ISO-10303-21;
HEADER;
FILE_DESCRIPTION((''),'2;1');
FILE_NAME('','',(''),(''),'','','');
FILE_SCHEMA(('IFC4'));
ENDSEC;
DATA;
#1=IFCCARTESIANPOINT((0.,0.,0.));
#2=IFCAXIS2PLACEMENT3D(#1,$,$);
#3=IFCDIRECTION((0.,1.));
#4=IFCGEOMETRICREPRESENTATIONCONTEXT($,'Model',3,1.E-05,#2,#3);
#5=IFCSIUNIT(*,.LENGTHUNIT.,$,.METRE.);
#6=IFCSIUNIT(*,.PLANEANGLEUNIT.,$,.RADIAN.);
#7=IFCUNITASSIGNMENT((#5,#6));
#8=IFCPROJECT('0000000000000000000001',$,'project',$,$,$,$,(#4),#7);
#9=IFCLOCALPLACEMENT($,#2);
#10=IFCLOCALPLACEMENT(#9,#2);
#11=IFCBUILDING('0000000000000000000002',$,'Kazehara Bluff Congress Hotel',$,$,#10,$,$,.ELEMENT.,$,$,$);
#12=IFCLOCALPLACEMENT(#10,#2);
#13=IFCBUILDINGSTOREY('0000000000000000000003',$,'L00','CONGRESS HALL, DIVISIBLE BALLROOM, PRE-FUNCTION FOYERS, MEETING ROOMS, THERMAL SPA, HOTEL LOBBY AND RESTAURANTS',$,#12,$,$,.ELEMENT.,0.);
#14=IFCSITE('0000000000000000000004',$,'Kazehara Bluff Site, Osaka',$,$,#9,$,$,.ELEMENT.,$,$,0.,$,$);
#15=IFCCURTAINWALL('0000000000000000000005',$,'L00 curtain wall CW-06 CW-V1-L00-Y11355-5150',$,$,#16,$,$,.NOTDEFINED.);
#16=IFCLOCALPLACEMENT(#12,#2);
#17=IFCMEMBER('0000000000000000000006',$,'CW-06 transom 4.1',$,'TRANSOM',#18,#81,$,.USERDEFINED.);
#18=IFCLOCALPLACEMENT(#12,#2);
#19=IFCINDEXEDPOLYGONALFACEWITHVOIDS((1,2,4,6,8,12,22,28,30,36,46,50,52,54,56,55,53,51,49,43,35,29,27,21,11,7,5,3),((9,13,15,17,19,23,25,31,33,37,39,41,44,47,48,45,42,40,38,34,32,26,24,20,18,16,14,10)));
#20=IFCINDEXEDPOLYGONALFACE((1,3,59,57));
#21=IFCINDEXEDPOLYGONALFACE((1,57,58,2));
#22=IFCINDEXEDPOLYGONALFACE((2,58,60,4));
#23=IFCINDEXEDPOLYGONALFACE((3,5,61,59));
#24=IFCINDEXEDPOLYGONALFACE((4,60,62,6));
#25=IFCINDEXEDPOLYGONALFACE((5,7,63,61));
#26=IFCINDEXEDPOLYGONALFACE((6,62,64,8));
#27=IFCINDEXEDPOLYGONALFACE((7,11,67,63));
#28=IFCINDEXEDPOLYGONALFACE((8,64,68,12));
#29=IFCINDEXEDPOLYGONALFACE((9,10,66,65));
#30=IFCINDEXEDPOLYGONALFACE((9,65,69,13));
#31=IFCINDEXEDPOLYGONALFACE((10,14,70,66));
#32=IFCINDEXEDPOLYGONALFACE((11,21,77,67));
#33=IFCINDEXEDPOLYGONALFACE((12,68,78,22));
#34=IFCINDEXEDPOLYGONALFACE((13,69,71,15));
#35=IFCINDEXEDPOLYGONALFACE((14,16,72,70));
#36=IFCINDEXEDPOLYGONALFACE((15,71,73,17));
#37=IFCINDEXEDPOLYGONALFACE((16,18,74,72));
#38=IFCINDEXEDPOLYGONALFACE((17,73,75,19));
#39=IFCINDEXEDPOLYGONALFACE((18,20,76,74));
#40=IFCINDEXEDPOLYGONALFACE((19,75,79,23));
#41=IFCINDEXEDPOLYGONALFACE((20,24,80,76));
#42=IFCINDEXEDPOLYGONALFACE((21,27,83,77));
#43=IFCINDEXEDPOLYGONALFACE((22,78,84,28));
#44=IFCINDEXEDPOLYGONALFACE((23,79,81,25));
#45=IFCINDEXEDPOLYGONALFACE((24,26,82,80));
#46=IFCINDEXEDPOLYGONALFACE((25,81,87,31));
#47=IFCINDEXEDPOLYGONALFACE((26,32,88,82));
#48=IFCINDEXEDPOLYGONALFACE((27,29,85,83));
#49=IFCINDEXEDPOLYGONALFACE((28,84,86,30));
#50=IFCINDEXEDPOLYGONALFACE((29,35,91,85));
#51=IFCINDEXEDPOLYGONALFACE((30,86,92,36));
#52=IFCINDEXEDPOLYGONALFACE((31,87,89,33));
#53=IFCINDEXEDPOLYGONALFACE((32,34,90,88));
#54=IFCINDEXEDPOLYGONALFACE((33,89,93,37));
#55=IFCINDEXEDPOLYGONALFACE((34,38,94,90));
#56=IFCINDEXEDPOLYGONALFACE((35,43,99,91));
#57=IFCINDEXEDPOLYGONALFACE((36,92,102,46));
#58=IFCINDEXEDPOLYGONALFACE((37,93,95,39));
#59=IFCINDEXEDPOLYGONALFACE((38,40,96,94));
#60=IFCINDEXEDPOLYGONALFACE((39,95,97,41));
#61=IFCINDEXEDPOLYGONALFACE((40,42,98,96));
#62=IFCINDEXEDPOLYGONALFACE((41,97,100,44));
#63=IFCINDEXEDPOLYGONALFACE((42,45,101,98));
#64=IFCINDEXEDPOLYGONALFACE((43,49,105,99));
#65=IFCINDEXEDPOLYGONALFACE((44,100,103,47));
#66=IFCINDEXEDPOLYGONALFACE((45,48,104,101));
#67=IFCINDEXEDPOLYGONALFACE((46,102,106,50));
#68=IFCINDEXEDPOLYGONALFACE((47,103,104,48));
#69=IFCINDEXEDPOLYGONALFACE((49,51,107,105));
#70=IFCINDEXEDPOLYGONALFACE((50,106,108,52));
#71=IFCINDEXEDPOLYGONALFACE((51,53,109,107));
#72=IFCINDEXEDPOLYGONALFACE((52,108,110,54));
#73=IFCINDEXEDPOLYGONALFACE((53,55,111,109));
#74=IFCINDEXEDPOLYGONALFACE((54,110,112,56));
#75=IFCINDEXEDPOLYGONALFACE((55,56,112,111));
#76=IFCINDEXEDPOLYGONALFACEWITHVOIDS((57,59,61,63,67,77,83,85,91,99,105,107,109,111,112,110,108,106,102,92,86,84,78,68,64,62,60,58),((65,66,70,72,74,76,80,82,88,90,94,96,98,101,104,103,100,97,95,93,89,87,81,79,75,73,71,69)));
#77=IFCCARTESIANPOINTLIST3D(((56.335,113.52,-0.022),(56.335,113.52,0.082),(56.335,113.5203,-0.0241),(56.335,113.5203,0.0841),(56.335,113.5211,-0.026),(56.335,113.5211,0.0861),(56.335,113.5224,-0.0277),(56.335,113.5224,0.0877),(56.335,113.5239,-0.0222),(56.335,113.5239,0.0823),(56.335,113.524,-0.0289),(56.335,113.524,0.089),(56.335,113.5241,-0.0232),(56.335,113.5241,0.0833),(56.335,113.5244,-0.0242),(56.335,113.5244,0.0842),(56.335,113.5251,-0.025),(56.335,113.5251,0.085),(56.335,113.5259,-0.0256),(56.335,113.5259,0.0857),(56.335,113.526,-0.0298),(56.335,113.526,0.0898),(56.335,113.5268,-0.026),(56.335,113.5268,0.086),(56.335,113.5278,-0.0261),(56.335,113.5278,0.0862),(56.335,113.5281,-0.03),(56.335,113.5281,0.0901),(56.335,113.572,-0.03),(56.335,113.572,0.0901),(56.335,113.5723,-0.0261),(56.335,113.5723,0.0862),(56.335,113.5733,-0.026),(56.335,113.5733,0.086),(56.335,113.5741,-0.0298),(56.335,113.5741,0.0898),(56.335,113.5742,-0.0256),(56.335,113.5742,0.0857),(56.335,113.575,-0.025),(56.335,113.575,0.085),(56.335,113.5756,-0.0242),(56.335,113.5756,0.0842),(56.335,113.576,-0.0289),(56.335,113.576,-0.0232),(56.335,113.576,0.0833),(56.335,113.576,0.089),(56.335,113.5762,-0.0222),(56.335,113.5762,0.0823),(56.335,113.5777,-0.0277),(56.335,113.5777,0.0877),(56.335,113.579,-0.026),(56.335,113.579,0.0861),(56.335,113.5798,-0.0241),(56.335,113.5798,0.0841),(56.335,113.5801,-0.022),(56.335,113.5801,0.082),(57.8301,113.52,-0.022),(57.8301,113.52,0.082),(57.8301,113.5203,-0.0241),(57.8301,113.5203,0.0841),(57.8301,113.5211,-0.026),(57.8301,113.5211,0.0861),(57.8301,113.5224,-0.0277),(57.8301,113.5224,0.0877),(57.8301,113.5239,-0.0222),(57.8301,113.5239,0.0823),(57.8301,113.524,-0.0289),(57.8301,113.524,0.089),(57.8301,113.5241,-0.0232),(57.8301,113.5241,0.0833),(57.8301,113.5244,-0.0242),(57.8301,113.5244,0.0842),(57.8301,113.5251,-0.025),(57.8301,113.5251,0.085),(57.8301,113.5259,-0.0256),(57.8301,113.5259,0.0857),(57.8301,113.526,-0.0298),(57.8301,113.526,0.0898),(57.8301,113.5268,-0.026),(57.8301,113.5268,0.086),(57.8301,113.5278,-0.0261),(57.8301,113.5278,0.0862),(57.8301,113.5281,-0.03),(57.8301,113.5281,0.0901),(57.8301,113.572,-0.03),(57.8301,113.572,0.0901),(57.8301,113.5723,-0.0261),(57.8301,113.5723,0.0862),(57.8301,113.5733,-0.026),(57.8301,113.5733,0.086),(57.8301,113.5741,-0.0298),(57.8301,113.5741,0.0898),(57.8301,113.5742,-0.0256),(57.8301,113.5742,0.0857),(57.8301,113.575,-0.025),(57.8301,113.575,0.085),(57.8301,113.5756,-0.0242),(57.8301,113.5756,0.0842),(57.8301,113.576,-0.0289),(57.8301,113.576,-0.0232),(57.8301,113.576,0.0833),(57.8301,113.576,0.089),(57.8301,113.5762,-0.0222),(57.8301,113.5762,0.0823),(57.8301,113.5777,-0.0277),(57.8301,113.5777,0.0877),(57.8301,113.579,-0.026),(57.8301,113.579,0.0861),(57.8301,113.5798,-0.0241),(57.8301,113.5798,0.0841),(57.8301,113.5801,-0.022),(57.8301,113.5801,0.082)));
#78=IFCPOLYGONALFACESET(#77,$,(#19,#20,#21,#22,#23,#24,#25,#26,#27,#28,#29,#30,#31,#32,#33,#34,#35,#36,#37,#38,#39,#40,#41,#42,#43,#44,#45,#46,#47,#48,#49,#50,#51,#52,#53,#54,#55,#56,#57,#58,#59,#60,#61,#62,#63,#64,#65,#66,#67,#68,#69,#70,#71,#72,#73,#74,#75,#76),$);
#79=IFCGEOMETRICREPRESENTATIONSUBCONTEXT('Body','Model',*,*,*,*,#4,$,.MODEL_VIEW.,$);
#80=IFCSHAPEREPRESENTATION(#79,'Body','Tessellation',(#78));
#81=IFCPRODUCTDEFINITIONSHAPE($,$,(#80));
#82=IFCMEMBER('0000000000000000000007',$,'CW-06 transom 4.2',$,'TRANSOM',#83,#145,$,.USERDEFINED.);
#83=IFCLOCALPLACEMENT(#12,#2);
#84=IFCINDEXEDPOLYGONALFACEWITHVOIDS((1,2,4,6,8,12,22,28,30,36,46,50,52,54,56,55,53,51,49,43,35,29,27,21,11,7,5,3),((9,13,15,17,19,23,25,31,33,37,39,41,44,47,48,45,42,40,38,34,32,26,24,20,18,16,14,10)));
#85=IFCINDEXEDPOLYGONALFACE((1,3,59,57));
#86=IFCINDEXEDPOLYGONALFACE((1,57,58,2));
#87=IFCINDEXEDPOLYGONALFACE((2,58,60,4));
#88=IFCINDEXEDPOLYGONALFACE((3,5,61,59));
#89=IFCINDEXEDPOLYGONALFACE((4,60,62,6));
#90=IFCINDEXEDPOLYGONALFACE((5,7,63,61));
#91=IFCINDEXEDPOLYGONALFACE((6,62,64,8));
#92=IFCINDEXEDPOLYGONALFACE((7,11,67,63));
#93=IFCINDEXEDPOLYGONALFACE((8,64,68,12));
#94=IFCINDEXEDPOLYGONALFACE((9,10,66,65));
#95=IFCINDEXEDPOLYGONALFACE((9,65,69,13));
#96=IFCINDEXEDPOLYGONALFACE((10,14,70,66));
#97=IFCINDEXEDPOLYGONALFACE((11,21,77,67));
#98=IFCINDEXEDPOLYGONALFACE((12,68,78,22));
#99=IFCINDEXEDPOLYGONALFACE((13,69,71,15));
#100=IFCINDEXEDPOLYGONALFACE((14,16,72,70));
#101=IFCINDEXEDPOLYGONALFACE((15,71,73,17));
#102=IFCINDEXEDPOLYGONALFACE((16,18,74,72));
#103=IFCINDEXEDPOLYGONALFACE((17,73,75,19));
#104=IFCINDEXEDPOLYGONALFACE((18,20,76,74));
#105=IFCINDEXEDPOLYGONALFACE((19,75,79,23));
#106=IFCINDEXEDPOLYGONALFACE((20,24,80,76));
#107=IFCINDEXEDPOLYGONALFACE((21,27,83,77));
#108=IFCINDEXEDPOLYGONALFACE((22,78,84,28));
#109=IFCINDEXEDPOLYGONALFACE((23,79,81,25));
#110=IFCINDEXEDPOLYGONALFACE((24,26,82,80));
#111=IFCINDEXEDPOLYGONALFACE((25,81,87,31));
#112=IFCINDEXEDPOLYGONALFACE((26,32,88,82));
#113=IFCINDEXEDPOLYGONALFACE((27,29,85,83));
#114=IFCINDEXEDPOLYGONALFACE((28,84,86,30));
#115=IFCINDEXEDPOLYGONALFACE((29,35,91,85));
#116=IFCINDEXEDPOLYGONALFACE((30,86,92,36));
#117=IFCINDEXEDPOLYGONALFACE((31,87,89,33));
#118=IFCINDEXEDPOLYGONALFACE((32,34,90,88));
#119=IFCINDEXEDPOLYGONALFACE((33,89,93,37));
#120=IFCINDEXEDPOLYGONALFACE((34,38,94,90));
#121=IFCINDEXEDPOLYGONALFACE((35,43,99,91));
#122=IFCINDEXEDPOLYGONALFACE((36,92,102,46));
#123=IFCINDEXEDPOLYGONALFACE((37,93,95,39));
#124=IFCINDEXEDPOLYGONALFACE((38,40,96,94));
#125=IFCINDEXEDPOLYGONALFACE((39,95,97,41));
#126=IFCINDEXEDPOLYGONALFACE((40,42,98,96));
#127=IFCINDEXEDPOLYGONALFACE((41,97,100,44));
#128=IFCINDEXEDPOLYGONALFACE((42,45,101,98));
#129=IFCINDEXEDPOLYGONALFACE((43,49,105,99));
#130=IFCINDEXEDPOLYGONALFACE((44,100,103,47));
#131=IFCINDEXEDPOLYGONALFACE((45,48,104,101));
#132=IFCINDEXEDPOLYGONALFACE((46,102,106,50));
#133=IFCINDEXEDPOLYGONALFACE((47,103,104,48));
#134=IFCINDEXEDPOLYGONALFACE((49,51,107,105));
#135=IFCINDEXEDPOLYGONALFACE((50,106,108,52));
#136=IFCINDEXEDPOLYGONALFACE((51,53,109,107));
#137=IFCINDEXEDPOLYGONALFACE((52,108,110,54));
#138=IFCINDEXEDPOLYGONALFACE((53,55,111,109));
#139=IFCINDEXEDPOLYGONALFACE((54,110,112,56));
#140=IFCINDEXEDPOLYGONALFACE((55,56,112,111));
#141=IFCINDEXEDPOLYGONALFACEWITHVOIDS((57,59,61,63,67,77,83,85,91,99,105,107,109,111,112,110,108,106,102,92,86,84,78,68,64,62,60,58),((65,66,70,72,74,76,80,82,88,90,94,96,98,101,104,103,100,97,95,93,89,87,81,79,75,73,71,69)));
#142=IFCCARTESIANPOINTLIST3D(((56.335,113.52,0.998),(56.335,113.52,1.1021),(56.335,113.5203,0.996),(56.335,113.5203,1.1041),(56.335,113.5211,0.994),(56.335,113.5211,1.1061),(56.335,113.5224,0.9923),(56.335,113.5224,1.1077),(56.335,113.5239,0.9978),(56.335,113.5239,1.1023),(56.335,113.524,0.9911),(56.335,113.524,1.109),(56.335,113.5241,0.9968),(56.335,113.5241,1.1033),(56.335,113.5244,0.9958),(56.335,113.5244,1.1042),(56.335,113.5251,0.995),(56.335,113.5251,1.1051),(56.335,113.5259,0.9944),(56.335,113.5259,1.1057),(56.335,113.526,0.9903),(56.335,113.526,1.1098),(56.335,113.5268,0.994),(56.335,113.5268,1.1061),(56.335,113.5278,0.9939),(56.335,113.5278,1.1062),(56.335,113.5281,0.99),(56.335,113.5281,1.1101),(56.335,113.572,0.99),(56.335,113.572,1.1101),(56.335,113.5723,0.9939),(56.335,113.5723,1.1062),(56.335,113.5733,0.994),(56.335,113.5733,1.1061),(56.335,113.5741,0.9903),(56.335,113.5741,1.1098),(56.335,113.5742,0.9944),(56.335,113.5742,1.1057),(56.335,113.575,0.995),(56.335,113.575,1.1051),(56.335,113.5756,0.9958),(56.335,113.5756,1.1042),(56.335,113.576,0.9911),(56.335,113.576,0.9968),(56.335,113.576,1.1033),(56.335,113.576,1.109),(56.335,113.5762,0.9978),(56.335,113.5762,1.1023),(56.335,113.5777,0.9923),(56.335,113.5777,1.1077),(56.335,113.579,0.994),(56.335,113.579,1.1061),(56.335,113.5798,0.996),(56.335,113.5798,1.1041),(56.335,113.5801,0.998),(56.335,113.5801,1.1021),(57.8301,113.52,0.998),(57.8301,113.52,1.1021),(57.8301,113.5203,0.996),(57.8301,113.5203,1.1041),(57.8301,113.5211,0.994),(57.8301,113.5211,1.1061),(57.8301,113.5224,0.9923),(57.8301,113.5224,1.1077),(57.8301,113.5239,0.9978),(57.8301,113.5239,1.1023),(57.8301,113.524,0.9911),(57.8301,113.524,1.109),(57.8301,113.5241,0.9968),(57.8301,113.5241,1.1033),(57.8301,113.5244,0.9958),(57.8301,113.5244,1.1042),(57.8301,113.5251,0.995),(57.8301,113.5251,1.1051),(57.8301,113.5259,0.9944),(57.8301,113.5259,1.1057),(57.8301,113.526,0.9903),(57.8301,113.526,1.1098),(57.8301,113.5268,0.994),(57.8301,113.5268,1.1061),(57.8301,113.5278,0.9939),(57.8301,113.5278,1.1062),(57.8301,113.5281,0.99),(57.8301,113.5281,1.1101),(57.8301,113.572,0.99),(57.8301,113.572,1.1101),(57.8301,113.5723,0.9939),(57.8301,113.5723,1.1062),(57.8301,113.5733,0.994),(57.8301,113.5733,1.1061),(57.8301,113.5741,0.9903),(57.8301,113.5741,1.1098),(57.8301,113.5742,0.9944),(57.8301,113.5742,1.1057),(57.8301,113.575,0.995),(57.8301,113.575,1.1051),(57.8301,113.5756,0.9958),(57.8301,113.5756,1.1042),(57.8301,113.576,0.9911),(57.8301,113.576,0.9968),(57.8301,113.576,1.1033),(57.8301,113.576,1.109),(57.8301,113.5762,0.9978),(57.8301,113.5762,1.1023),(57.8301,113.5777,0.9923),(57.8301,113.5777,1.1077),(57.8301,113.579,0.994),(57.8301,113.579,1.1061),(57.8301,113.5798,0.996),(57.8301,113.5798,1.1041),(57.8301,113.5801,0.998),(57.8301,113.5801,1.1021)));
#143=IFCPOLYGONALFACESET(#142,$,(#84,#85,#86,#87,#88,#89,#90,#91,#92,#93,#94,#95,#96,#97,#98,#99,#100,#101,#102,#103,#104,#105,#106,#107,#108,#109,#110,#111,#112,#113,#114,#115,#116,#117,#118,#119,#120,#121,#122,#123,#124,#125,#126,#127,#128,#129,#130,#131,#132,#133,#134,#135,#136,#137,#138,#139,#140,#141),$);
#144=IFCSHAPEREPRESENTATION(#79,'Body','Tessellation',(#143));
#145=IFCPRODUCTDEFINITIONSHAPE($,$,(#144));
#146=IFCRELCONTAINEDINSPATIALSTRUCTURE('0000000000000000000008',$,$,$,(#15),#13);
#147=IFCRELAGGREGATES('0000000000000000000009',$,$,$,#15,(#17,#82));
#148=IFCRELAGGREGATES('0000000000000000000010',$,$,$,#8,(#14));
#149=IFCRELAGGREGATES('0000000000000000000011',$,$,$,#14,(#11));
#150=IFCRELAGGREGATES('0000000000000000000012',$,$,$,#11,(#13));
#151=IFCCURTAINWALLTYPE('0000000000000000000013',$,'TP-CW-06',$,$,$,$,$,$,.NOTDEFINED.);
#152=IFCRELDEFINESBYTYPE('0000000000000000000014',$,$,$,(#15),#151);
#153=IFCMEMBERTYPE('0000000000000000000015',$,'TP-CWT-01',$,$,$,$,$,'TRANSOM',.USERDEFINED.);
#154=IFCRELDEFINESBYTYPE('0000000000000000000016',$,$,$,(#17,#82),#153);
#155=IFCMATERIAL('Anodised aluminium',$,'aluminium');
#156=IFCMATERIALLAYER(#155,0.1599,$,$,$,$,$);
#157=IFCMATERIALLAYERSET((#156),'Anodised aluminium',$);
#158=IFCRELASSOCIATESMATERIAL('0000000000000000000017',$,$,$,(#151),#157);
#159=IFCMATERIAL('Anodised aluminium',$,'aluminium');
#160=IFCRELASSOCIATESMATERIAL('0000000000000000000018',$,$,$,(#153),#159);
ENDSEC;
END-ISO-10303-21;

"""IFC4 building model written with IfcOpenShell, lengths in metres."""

from ifc_helpers import new_model, si_unit, direction, frame, origin, origin_2d, place, context, subcontext, project, spatial, hollow_rectangle, extrude, material, layer, layer_set, material_profile, profile_set, type_object, element, aggregate, save


model = new_model("IFC4")

# Units and contexts
model_context = context("Model", 3, precision=1e-05, world=origin(), true_north=direction((0.0, 1.0)))
body_context = subcontext(model_context, "Body", "Model", "MODEL_VIEW")
ifc_project = project(units=[si_unit("LENGTHUNIT", "METRE"), si_unit("PLANEANGLEUNIT", "RADIAN")], contexts=[model_context])

# Site, building, storey
site_placement = place(None, origin())
site = spatial("IfcSite", under=ifc_project, at=site_placement, Name="Kazehara Bluff Site, Osaka", CompositionType="ELEMENT", RefElevation=0.0)
building_placement = place(site_placement, origin())
building = spatial("IfcBuilding", under=site, at=building_placement, Name="Kazehara Bluff Congress Hotel", CompositionType="ELEMENT")
storey_placement = place(building_placement, origin())
storey = spatial("IfcBuildingStorey", under=building, at=storey_placement, Name="L00", Description="CONGRESS HALL, DIVISIBLE BALLROOM, PRE-FUNCTION FOYERS, MEETING ROOMS, THERMAL SPA, HOTEL LOBBY AND RESTAURANTS", CompositionType="ELEMENT", Elevation=0.0)

# Curtain wall, members
ifc_material_1 = material(Name="Anodised aluminium", Category="aluminium")
ifc_layer_1 = layer(ifc_material_1, 0.1599)
ifc_layer_set_1 = layer_set([ifc_layer_1], Name="Anodised aluminium")
curtain_wall_type = type_object("IfcCurtainWallType", Name="TP-CW-06", PredefinedType="NOTDEFINED", material=ifc_layer_set_1)
curtain_wall_placement = place(storey_placement, origin())
curtain_wall = element("IfcCurtainWall", 1, at=curtain_wall_placement, inside=storey, type_object=curtain_wall_type, Name="L00 curtain wall CW-06 CW-V1-L00-Y11355-5150", PredefinedType="NOTDEFINED")
ifc_material_2 = material(Name="Anodised aluminium", Category="aluminium")
ifc_material_profile_1 = material_profile(ifc_material_2, hollow_rectangle(XDim=0.0601, YDim=0.1201, WallThickness=0.0039, InnerFilletRadius=0.0039, OuterFilletRadius=0.0081, at=origin_2d()))
ifc_profile_set_1 = profile_set([ifc_material_profile_1], Name="Anodised aluminium")
member_type_1 = type_object("IfcMemberType", Name="TP-CWT-01", ElementType="TRANSOM", PredefinedType="USERDEFINED", material=ifc_profile_set_1)
member_1_placement = place(storey_placement, frame((56.335, 113.55, 0.03), z_axis=(1.0, 0.0, 0.0), x_axis=(0.0, 1.0, 0.0)))
member_1 = element("IfcMember", 2, at=member_1_placement, type_object=member_type_1, Name="CW-06 transom 4.1", ObjectType="TRANSOM", PredefinedType="USERDEFINED", context=body_context, shape_type="SweptSolid", body=[
    extrude(hollow_rectangle(XDim=0.0601, YDim=0.1201, WallThickness=0.0039, InnerFilletRadius=0.0039, OuterFilletRadius=0.0081, at=origin_2d()), origin(), (0.0, 0.0, 1.0), 1.4951),
])
member_2_placement = place(storey_placement, frame((56.335, 113.55, 1.05), z_axis=(1.0, 0.0, 0.0), x_axis=(0.0, 1.0, 0.0)))
member_2 = element("IfcMember", 3, at=member_2_placement, type_object=member_type_1, Name="CW-06 transom 4.2", ObjectType="TRANSOM", PredefinedType="USERDEFINED", context=body_context, shape_type="SweptSolid", body=[
    extrude(hollow_rectangle(XDim=0.0601, YDim=0.1201, WallThickness=0.0039, InnerFilletRadius=0.0039, OuterFilletRadius=0.0081, at=origin_2d()), origin(), (0.0, 0.0, 1.0), 1.4951),
])
aggregate(curtain_wall, [member_1, member_2])

save(model, "model.ifc")
